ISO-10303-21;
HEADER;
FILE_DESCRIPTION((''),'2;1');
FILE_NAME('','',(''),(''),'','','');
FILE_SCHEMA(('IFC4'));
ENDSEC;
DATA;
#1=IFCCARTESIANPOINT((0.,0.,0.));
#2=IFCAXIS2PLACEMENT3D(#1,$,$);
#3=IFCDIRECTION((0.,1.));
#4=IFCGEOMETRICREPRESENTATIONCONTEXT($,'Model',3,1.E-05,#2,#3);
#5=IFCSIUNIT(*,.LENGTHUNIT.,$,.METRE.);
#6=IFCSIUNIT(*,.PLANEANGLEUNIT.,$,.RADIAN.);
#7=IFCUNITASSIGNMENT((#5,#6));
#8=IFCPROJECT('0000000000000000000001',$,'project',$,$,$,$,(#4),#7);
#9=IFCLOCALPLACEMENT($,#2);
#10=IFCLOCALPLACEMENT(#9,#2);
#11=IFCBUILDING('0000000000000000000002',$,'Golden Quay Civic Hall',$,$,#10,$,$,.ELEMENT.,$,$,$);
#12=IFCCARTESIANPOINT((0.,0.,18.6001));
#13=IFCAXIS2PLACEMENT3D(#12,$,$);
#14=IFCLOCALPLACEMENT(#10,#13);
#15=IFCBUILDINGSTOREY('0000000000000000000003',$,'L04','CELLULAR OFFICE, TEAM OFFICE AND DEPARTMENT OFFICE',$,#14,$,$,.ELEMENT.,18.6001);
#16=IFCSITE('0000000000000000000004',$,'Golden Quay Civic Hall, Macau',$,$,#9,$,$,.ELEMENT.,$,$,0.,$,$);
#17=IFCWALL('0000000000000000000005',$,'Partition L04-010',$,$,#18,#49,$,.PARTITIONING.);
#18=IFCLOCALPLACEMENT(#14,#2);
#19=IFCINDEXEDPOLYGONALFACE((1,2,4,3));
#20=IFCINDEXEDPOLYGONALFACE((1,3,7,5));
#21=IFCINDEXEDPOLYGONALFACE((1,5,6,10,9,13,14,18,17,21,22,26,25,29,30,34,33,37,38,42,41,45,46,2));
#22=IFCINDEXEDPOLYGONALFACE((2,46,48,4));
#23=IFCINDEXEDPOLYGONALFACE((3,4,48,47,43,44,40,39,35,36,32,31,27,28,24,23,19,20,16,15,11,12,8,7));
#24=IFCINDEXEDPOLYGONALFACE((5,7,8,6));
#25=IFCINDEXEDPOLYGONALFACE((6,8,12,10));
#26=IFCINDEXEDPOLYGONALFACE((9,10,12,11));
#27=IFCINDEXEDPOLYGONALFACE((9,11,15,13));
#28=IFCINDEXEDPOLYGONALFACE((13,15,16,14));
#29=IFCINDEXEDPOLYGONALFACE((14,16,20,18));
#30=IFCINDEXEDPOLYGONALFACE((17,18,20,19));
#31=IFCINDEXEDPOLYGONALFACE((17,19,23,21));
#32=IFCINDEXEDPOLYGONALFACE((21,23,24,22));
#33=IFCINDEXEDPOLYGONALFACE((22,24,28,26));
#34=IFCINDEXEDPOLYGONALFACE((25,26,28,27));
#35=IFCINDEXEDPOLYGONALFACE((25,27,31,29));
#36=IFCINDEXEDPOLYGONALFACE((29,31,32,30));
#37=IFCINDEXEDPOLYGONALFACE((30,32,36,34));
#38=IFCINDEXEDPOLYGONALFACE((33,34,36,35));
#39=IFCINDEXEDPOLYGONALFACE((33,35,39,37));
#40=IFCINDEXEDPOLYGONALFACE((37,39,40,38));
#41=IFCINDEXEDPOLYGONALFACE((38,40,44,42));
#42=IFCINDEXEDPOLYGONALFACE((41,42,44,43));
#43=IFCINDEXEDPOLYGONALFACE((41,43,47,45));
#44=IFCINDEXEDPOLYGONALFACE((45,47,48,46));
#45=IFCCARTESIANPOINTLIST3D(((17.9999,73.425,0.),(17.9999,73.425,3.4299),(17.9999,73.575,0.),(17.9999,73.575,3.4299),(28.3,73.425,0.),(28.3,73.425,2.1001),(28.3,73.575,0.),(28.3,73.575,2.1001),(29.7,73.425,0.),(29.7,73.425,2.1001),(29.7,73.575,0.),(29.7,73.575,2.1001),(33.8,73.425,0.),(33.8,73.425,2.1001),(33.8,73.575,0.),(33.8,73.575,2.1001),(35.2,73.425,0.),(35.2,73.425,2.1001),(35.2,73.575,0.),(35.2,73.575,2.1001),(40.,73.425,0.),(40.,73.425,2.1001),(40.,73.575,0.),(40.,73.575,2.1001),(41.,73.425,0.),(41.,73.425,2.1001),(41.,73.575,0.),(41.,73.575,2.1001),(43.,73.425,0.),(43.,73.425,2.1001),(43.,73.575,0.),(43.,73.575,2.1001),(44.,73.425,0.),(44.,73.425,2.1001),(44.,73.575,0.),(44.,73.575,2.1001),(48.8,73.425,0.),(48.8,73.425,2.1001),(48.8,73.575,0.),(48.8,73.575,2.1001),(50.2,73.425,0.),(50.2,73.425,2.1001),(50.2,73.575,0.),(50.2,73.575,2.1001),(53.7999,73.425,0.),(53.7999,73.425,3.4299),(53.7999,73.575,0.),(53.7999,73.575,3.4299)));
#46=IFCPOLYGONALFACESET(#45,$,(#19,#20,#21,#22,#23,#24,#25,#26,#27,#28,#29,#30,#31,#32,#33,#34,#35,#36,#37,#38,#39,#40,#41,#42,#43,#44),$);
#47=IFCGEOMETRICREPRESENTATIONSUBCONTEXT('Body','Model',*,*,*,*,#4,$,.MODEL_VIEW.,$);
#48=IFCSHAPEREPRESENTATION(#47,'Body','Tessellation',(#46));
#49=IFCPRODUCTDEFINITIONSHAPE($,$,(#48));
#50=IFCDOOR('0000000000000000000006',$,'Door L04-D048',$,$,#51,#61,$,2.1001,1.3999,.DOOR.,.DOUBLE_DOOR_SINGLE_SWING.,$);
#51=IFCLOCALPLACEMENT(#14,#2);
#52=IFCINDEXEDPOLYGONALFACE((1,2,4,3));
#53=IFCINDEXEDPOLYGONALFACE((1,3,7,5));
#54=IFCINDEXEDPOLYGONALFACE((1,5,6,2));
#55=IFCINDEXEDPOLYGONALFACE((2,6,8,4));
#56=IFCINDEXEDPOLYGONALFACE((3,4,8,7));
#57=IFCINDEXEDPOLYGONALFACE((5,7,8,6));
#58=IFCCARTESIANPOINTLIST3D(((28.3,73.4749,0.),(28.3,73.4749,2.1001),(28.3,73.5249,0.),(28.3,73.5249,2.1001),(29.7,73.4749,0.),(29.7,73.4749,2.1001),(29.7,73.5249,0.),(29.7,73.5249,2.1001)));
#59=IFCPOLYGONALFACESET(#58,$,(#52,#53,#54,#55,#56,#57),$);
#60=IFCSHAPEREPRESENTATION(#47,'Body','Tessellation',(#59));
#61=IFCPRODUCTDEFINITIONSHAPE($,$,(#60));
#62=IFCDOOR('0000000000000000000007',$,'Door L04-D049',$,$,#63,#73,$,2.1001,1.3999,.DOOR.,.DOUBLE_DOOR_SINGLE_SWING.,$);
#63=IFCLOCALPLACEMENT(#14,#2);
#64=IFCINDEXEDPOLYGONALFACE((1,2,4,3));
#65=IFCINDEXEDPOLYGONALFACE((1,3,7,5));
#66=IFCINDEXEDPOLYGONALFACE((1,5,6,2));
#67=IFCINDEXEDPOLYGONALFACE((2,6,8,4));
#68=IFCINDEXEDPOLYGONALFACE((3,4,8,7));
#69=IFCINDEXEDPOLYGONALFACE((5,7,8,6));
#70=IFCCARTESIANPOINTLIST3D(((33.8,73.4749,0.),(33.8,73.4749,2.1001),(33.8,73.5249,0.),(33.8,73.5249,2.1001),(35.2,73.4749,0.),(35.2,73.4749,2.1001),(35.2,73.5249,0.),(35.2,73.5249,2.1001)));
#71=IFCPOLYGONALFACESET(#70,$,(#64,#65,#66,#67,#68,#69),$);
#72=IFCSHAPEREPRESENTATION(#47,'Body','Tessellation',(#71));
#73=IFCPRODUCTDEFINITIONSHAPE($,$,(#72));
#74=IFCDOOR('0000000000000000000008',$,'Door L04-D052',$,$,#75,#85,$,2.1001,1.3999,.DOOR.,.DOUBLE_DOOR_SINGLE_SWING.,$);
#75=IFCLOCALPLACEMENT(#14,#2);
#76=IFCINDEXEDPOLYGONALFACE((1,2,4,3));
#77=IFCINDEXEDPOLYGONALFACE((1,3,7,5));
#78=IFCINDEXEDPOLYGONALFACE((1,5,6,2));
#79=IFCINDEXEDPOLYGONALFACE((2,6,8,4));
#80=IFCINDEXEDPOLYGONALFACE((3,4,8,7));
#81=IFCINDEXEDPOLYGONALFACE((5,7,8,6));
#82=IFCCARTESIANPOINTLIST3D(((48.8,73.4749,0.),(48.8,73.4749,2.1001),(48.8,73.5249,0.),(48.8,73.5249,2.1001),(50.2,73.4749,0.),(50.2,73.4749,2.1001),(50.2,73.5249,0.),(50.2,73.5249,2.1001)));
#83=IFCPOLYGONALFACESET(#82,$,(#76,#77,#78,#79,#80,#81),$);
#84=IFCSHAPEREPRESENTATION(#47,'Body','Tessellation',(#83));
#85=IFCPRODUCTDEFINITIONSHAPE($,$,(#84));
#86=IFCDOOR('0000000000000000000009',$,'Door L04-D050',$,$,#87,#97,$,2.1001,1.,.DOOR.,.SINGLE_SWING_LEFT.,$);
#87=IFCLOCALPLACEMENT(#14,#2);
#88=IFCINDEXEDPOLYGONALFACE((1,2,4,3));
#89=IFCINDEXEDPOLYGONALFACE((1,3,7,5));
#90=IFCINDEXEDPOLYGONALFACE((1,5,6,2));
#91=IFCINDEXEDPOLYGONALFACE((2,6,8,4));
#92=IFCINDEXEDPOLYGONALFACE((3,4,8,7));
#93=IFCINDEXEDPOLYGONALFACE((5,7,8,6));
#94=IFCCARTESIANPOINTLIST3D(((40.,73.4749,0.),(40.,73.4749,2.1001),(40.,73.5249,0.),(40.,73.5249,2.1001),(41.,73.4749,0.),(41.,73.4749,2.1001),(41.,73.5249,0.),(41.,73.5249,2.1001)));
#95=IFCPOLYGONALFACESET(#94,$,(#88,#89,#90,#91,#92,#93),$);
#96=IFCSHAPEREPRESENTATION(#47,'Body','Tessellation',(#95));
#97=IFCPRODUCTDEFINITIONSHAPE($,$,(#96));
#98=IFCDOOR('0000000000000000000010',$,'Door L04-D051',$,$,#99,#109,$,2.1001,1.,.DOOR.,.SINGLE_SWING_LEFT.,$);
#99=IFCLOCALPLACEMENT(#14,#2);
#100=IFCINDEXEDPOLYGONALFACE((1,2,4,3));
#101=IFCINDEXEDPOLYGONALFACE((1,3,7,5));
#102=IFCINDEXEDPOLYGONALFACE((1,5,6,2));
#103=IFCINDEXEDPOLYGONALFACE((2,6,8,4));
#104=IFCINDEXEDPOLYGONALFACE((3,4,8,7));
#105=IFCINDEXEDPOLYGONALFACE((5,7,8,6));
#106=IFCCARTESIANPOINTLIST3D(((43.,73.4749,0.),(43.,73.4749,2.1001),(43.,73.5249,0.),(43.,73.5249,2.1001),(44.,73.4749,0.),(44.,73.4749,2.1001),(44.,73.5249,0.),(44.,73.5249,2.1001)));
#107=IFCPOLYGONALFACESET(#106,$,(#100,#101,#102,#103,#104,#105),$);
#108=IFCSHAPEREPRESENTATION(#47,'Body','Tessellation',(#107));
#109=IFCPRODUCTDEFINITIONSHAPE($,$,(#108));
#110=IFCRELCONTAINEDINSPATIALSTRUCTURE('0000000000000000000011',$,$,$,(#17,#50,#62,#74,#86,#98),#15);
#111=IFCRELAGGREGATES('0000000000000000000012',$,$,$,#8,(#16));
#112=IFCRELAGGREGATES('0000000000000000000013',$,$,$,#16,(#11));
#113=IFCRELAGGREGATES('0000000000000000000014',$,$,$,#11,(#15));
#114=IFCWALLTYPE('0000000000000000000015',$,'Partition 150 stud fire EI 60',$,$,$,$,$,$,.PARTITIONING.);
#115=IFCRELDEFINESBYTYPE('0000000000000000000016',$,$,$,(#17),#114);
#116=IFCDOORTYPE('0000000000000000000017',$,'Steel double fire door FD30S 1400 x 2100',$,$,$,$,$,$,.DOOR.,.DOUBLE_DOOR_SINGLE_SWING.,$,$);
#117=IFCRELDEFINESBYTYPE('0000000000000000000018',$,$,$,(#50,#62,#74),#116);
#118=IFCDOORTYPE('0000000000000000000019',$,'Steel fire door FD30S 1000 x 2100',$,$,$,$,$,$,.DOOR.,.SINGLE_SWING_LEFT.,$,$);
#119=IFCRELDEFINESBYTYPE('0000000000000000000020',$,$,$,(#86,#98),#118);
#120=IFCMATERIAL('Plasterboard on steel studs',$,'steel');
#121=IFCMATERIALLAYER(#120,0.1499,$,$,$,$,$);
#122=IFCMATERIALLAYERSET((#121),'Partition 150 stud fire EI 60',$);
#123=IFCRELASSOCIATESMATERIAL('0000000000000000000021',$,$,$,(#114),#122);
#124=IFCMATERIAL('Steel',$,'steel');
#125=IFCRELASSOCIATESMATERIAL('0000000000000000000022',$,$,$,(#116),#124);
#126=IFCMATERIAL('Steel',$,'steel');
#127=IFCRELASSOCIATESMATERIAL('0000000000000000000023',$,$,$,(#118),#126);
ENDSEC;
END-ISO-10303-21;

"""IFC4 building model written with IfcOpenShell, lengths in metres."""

from ifc_helpers import new_model, si_unit, direction, frame, frame_2d, origin, place, context, subcontext, project, spatial, rectangle, extrude, material, layer, layer_set, type_object, element, fill, save


model = new_model("IFC4")

# Units and contexts
model_context = context("Model", 3, precision=1e-05, world=origin(), true_north=direction((0.0, 1.0)))
body_context = subcontext(model_context, "Body", "Model", "MODEL_VIEW")
ifc_project = project(units=[si_unit("LENGTHUNIT", "METRE"), si_unit("PLANEANGLEUNIT", "RADIAN")], contexts=[model_context])

# Site, building, storey
site_placement = place(None, origin())
site = spatial("IfcSite", under=ifc_project, at=site_placement, Name="Golden Quay Civic Hall, Macau", CompositionType="ELEMENT", RefElevation=0.0)
building_placement = place(site_placement, origin())
building = spatial("IfcBuilding", under=site, at=building_placement, Name="Golden Quay Civic Hall", CompositionType="ELEMENT")
storey_placement = place(building_placement, frame((0.0, 0.0, 18.6001)))
storey = spatial("IfcBuildingStorey", under=building, at=storey_placement, Name="L04", Description="CELLULAR OFFICE, TEAM OFFICE AND DEPARTMENT OFFICE", CompositionType="ELEMENT", Elevation=18.6001)

# Wall, openings, doors
ifc_material_1 = material(Name="Plasterboard on steel studs", Category="steel")
ifc_layer = layer(ifc_material_1, 0.1499)
ifc_layer_set = layer_set([ifc_layer], Name="Partition 150 stud fire EI 60")
wall_type = type_object("IfcWallType", Name="Partition 150 stud fire EI 60", PredefinedType="PARTITIONING", material=ifc_layer_set)
ifc_material_2 = material(Name="Steel", Category="steel")
door_type_1 = type_object("IfcDoorType", Name="Steel double fire door FD30S 1400 x 2100", OperationType="DOUBLE_DOOR_SINGLE_SWING", PredefinedType="DOOR", material=ifc_material_2)
ifc_material_3 = material(Name="Steel", Category="steel")
door_type_2 = type_object("IfcDoorType", Name="Steel fire door FD30S 1000 x 2100", OperationType="SINGLE_SWING_LEFT", PredefinedType="DOOR", material=ifc_material_3)
wall_1_placement = place(storey_placement, frame((18.0, 73.5, 0.0), z_axis=(0.0, 0.0, 1.0), x_axis=(1.0, 0.0, 0.0)))
wall_1 = element("IfcWall", 1, at=wall_1_placement, inside=storey, type_object=wall_type, Name="Partition L04-010", PredefinedType="PARTITIONING", context=body_context, shape_type="SweptSolid", body=[
    extrude(rectangle(XDim=35.8, YDim=0.1499, at=frame_2d((17.8999, 0.0))), origin(), (0.0, 0.0, 1.0), 3.4299),
])
opening_1_placement = place(wall_1_placement, frame((10.3, 0.0, 0.0)))
opening_1 = element("IfcOpeningElement", 2, at=opening_1_placement, cuts=wall_1, PredefinedType="OPENING", context=body_context, shape_type="SweptSolid", body=[
    extrude(rectangle(XDim=1.3999, YDim=2.1001, at=frame_2d((0.7, 1.05))), frame((0.0, 0.085, 0.0), z_axis=(0.0, -1.0, 0.0), x_axis=(1.0, 0.0, 0.0)), (0.0, 0.0, 1.0), 0.1699),
])
opening_2_placement = place(wall_1_placement, frame((15.8, 0.0, 0.0)))
opening_2 = element("IfcOpeningElement", 3, at=opening_2_placement, cuts=wall_1, PredefinedType="OPENING", context=body_context, shape_type="SweptSolid", body=[
    extrude(rectangle(XDim=1.3999, YDim=2.1001, at=frame_2d((0.7, 1.05))), frame((0.0, 0.085, 0.0), z_axis=(0.0, -1.0, 0.0), x_axis=(1.0, 0.0, 0.0)), (0.0, 0.0, 1.0), 0.1699),
])
opening_3_placement = place(wall_1_placement, frame((22.0, 0.0, 0.0)))
opening_3 = element("IfcOpeningElement", 4, at=opening_3_placement, cuts=wall_1, PredefinedType="OPENING", context=body_context, shape_type="SweptSolid", body=[
    extrude(rectangle(XDim=1.0, YDim=2.1001, at=frame_2d((0.5, 1.05))), frame((0.0, 0.085, 0.0), z_axis=(0.0, -1.0, 0.0), x_axis=(1.0, 0.0, 0.0)), (0.0, 0.0, 1.0), 0.1699),
])
opening_4_placement = place(wall_1_placement, frame((25.0, 0.0, 0.0)))
opening_4 = element("IfcOpeningElement", 5, at=opening_4_placement, cuts=wall_1, PredefinedType="OPENING", context=body_context, shape_type="SweptSolid", body=[
    extrude(rectangle(XDim=1.0, YDim=2.1001, at=frame_2d((0.5, 1.05))), frame((0.0, 0.085, 0.0), z_axis=(0.0, -1.0, 0.0), x_axis=(1.0, 0.0, 0.0)), (0.0, 0.0, 1.0), 0.1699),
])
opening_5_placement = place(wall_1_placement, frame((30.8, 0.0, 0.0)))
opening_5 = element("IfcOpeningElement", 6, at=opening_5_placement, cuts=wall_1, PredefinedType="OPENING", context=body_context, shape_type="SweptSolid", body=[
    extrude(rectangle(XDim=1.3999, YDim=2.1001, at=frame_2d((0.7, 1.05))), frame((0.0, 0.085, 0.0), z_axis=(0.0, -1.0, 0.0), x_axis=(1.0, 0.0, 0.0)), (0.0, 0.0, 1.0), 0.1699),
])
door_1_placement = place(opening_1_placement, origin())
door_1 = element("IfcDoor", 7, at=door_1_placement, inside=storey, type_object=door_type_1, Name="Door L04-D048", OperationType="DOUBLE_DOOR_SINGLE_SWING", OverallHeight=2.1001, OverallWidth=1.3999, PredefinedType="DOOR", context=body_context, shape_type="SweptSolid", body=[
    extrude(rectangle(XDim=1.3999, YDim=2.1001, at=frame_2d((0.7, 1.05))), frame((0.0, 0.0249, 0.0), z_axis=(0.0, -1.0, 0.0), x_axis=(1.0, 0.0, 0.0)), (0.0, 0.0, 1.0), 0.05),
])
fill(opening_1, door_1)
door_2_placement = place(opening_2_placement, origin())
door_2 = element("IfcDoor", 8, at=door_2_placement, inside=storey, type_object=door_type_1, Name="Door L04-D049", OperationType="DOUBLE_DOOR_SINGLE_SWING", OverallHeight=2.1001, OverallWidth=1.3999, PredefinedType="DOOR", context=body_context, shape_type="SweptSolid", body=[
    extrude(rectangle(XDim=1.3999, YDim=2.1001, at=frame_2d((0.7, 1.05))), frame((0.0, 0.0249, 0.0), z_axis=(0.0, -1.0, 0.0), x_axis=(1.0, 0.0, 0.0)), (0.0, 0.0, 1.0), 0.05),
])
fill(opening_2, door_2)
door_3_placement = place(opening_5_placement, origin())
door_3 = element("IfcDoor", 9, at=door_3_placement, inside=storey, type_object=door_type_1, Name="Door L04-D052", OperationType="DOUBLE_DOOR_SINGLE_SWING", OverallHeight=2.1001, OverallWidth=1.3999, PredefinedType="DOOR", context=body_context, shape_type="SweptSolid", body=[
    extrude(rectangle(XDim=1.3999, YDim=2.1001, at=frame_2d((0.7, 1.05))), frame((0.0, 0.0249, 0.0), z_axis=(0.0, -1.0, 0.0), x_axis=(1.0, 0.0, 0.0)), (0.0, 0.0, 1.0), 0.05),
])
fill(opening_5, door_3)
door_4_placement = place(opening_3_placement, origin())
door_4 = element("IfcDoor", 10, at=door_4_placement, inside=storey, type_object=door_type_2, Name="Door L04-D050", OperationType="SINGLE_SWING_LEFT", OverallHeight=2.1001, OverallWidth=1.0, PredefinedType="DOOR", context=body_context, shape_type="SweptSolid", body=[
    extrude(rectangle(XDim=1.0, YDim=2.1001, at=frame_2d((0.5, 1.05))), frame((0.0, 0.0249, 0.0), z_axis=(0.0, -1.0, 0.0), x_axis=(1.0, 0.0, 0.0)), (0.0, 0.0, 1.0), 0.05),
])
fill(opening_3, door_4)
door_5_placement = place(opening_4_placement, origin())
door_5 = element("IfcDoor", 11, at=door_5_placement, inside=storey, type_object=door_type_2, Name="Door L04-D051", OperationType="SINGLE_SWING_LEFT", OverallHeight=2.1001, OverallWidth=1.0, PredefinedType="DOOR", context=body_context, shape_type="SweptSolid", body=[
    extrude(rectangle(XDim=1.0, YDim=2.1001, at=frame_2d((0.5, 1.05))), frame((0.0, 0.0249, 0.0), z_axis=(0.0, -1.0, 0.0), x_axis=(1.0, 0.0, 0.0)), (0.0, 0.0, 1.0), 0.05),
])
fill(opening_4, door_5)

save(model, "model.ifc")
